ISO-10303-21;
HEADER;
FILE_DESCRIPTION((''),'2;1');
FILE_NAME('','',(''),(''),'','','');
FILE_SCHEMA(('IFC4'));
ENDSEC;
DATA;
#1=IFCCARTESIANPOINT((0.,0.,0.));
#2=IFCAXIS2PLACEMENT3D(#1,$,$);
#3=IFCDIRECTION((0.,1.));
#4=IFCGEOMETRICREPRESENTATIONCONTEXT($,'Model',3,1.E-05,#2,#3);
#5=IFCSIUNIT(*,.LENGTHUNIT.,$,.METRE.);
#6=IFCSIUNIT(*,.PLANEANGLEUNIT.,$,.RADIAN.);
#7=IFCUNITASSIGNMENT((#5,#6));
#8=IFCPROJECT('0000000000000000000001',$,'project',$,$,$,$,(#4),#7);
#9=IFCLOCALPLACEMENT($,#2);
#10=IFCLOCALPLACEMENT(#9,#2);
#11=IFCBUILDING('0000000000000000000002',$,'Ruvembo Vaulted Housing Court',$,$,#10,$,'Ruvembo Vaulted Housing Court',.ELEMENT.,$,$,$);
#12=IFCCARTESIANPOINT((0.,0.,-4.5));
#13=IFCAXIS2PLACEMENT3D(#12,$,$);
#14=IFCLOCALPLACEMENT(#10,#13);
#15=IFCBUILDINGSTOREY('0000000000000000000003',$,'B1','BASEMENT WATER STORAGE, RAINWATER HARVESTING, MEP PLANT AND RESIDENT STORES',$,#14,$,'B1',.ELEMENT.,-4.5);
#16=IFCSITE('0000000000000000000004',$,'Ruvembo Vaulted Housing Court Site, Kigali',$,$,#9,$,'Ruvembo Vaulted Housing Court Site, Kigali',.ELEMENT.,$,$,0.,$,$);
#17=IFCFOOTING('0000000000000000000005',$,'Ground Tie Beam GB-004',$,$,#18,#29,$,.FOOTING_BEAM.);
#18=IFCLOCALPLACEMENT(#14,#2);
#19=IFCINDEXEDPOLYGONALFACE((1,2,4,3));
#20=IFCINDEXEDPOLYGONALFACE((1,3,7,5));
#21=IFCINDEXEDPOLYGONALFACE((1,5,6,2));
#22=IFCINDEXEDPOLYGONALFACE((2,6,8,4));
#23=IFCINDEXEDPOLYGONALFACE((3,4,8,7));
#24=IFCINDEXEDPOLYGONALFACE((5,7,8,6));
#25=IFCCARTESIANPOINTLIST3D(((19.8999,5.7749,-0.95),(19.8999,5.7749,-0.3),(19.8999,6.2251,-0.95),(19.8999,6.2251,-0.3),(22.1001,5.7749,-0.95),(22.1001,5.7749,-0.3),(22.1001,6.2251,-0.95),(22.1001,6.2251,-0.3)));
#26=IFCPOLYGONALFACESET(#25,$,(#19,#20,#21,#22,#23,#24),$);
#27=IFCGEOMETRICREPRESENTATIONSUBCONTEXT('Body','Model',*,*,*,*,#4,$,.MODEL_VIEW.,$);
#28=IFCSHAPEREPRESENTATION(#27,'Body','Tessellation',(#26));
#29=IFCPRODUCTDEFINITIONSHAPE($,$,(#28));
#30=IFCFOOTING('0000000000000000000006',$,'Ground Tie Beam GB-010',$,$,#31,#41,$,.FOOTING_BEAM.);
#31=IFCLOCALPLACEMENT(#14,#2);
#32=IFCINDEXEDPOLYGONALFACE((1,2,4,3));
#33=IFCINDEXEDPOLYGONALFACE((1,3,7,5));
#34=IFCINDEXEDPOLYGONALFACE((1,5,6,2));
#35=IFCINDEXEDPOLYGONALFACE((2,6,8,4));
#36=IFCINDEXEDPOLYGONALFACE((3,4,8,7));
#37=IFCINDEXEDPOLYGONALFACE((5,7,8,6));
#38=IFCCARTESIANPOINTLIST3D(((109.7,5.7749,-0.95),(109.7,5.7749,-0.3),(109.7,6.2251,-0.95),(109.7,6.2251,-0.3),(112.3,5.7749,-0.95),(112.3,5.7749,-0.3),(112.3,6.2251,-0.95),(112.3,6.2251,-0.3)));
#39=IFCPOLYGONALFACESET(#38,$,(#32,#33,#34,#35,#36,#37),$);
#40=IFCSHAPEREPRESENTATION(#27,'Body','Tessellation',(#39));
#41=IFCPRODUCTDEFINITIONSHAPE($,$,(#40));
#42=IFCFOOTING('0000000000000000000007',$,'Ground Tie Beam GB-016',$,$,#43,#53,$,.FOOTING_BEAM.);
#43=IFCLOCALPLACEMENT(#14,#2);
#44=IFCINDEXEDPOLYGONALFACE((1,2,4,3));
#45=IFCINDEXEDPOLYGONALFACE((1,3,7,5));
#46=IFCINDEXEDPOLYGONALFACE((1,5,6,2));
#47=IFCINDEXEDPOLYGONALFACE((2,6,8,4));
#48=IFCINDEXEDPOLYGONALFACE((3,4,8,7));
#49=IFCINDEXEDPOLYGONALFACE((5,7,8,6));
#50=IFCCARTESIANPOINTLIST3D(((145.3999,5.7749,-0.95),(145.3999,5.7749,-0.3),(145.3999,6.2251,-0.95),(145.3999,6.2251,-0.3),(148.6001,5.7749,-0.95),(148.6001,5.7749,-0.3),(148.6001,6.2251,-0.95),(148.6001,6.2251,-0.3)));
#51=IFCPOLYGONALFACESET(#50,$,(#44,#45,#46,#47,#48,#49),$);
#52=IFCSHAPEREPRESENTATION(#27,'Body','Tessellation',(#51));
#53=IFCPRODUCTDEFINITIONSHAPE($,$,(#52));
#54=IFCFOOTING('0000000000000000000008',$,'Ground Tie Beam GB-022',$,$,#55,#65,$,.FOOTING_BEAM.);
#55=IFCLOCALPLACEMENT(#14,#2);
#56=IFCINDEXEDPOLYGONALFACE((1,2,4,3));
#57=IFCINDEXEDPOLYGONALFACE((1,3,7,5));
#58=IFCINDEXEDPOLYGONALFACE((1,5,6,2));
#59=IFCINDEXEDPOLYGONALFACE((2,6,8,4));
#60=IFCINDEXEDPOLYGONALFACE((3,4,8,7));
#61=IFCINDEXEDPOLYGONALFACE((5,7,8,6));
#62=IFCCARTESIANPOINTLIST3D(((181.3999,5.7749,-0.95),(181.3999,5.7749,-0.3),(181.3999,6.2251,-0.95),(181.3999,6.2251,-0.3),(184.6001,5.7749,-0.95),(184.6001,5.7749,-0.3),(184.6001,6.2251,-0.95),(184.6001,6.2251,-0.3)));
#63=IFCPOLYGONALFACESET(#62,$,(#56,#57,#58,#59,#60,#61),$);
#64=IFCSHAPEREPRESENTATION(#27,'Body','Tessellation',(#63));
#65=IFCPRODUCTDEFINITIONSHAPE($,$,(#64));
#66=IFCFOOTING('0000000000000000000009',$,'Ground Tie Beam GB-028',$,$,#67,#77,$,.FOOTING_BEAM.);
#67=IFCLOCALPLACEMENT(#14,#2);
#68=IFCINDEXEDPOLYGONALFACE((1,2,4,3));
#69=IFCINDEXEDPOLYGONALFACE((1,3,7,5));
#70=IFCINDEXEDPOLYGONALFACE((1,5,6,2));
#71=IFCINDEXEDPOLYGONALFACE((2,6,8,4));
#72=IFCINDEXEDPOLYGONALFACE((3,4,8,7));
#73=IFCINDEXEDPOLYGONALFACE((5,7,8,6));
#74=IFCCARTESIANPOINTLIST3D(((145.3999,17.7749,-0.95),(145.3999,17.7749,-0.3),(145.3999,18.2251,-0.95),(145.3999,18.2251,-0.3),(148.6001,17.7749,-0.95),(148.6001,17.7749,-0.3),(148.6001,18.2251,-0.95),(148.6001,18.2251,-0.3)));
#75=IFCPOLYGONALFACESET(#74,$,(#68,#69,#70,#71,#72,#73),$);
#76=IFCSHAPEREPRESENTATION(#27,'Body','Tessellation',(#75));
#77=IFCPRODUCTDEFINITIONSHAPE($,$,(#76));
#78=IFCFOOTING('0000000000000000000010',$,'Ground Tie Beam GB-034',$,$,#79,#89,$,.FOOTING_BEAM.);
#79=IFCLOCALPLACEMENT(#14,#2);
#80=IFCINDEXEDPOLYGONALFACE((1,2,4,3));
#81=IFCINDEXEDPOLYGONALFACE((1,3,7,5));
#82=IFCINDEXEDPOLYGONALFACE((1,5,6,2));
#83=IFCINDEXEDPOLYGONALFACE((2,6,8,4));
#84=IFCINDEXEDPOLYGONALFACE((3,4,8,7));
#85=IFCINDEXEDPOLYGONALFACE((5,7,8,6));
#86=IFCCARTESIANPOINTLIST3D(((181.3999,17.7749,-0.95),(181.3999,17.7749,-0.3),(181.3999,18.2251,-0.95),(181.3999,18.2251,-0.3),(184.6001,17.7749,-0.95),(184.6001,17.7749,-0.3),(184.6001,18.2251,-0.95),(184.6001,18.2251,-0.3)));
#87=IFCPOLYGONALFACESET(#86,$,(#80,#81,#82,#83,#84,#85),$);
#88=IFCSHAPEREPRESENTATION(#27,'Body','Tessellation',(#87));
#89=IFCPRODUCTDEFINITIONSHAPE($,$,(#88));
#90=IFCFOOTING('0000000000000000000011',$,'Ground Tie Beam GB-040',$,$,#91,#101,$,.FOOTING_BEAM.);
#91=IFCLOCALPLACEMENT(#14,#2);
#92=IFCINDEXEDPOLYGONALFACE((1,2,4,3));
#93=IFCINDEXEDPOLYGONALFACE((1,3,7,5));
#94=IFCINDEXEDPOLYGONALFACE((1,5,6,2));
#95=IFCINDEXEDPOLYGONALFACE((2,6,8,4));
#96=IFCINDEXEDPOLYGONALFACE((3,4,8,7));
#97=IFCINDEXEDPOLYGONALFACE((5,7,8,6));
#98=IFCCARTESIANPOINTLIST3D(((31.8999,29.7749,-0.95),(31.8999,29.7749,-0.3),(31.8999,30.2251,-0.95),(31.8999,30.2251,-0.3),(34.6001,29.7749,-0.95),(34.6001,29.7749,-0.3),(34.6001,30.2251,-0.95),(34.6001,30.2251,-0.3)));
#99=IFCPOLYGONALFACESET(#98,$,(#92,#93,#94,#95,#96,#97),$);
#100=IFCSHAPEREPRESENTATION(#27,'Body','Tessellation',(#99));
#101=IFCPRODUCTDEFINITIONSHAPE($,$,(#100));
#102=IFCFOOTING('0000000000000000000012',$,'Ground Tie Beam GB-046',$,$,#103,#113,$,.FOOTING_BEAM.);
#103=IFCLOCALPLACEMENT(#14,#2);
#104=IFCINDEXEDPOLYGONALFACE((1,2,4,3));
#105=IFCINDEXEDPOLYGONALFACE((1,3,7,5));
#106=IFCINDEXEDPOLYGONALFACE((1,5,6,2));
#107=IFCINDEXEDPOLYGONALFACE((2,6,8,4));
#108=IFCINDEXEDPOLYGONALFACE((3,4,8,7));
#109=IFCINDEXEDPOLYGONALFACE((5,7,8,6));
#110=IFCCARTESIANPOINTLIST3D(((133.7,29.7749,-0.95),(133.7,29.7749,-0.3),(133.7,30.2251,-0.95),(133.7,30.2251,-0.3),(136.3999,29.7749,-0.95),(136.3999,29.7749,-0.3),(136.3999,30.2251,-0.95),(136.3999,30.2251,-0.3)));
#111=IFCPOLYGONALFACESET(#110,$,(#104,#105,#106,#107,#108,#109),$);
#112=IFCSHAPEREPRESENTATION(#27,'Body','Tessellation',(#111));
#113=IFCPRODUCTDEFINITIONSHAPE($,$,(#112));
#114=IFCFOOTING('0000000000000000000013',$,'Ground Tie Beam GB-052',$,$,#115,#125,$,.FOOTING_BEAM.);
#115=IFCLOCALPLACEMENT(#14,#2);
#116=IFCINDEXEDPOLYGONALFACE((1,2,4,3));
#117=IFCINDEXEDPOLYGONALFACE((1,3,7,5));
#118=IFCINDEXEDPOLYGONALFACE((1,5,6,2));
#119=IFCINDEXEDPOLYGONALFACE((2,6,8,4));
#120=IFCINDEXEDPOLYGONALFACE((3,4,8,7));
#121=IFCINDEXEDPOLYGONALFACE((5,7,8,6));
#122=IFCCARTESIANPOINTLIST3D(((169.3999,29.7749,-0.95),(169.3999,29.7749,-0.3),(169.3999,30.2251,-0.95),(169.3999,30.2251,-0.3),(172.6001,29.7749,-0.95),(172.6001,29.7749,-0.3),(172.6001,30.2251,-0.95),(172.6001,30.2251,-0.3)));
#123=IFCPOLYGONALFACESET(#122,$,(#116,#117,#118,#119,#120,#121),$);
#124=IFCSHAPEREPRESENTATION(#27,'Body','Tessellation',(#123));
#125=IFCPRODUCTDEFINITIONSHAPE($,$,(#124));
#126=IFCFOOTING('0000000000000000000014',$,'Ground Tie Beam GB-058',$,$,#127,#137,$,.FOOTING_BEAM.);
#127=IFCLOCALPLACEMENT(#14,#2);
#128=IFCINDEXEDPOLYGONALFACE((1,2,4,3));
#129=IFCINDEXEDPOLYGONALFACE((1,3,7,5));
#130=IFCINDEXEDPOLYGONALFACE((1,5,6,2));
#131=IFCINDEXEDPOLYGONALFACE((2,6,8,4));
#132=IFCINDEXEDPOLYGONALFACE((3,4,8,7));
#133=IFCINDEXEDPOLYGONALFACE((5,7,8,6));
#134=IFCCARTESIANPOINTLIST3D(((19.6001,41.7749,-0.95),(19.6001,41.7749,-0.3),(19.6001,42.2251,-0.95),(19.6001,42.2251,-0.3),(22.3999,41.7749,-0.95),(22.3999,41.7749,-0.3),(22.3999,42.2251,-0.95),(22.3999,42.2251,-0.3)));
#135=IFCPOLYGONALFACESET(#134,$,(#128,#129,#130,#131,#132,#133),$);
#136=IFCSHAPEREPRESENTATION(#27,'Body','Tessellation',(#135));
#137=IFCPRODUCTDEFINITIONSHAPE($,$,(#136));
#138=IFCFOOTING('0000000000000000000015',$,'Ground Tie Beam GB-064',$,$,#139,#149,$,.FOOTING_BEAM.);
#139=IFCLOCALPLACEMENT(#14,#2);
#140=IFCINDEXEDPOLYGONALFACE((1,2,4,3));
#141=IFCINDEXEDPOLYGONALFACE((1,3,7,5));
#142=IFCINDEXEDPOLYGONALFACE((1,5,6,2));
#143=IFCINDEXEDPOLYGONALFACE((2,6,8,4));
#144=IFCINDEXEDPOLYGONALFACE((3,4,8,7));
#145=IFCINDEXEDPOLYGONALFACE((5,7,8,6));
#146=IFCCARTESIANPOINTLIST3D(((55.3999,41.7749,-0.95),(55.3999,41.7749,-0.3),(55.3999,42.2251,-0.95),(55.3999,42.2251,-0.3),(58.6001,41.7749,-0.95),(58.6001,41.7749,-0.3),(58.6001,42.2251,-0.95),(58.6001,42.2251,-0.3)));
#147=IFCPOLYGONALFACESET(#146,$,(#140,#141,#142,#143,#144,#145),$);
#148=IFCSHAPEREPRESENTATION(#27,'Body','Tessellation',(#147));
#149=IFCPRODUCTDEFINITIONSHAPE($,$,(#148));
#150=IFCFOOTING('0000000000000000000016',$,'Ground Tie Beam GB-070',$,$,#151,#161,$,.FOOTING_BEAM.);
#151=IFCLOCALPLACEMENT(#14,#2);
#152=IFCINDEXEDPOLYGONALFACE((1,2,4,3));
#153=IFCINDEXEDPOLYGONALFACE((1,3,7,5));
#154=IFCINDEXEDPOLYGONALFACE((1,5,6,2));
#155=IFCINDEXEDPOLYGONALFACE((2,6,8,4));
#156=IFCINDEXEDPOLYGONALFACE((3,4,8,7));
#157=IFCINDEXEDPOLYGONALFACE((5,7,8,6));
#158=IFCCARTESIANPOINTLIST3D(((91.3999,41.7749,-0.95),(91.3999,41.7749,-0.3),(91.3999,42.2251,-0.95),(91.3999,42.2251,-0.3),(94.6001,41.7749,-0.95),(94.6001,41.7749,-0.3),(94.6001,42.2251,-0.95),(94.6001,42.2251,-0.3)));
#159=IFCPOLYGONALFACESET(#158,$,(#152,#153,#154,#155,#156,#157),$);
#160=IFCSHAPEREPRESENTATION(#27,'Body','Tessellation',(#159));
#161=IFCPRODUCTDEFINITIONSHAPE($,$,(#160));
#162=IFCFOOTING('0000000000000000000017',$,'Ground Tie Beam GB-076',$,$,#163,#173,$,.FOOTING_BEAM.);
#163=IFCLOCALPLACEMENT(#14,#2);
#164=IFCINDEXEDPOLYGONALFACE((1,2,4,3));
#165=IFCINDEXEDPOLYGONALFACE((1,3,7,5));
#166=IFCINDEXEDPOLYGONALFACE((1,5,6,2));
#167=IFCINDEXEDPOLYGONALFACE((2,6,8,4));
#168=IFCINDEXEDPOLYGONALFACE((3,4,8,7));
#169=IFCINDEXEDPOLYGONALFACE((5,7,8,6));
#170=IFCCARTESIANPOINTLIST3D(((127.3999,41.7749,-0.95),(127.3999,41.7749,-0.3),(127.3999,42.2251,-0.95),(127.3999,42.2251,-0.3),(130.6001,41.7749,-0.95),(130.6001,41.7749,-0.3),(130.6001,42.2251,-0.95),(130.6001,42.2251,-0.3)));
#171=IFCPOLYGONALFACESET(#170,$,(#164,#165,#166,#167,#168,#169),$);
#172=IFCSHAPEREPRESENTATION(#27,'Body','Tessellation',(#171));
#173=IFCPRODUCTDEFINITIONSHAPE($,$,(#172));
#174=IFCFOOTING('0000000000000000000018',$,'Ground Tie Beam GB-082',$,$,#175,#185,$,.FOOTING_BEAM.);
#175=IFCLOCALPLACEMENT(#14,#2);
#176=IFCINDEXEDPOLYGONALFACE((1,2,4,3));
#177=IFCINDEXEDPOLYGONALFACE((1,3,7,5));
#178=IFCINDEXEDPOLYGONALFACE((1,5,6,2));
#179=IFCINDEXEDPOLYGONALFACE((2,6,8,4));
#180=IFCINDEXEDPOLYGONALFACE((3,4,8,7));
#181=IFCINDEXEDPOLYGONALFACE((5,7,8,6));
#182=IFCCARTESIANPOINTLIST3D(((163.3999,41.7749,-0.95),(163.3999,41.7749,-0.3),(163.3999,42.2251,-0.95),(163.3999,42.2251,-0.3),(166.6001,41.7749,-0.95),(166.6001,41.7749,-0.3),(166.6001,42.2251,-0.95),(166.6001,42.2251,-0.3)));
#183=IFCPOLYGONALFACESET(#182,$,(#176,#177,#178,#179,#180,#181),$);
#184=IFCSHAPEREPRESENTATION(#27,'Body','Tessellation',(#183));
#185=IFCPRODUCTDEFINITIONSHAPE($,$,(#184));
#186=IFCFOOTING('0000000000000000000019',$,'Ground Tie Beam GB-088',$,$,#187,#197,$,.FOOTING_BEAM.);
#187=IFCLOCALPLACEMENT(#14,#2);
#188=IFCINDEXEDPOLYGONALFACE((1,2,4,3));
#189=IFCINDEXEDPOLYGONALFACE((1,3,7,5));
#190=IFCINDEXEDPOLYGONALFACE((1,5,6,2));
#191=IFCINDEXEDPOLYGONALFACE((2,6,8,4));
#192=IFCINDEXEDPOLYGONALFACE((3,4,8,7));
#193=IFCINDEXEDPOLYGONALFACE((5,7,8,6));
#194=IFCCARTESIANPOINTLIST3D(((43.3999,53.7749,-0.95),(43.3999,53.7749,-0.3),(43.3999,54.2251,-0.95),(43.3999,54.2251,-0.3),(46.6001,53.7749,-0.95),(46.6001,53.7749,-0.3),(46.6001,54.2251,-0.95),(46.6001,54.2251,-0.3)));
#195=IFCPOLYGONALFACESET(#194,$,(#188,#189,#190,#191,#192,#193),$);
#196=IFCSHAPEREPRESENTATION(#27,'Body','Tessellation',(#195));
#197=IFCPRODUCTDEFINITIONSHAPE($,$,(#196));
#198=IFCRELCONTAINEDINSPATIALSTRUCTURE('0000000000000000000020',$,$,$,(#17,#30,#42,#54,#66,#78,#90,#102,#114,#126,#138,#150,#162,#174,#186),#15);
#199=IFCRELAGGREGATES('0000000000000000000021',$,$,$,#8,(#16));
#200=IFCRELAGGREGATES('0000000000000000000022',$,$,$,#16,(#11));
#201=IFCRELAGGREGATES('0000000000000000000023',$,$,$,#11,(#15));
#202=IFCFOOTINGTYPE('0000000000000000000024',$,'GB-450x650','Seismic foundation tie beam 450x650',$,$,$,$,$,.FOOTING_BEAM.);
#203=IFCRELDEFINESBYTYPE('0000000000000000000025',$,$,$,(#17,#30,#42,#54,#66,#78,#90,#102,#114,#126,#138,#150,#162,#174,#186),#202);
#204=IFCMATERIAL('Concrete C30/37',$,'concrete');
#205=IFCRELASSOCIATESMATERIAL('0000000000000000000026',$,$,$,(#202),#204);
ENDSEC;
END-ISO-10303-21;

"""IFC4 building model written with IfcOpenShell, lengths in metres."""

from ifc_helpers import new_model, si_unit, direction, frame, origin, place, context, subcontext, project, spatial, polyline, outline, extrude, material, type_object, element, save


model = new_model("IFC4")

# Units and contexts
model_context = context("Model", 3, precision=1e-05, world=origin(), true_north=direction((0.0, 1.0)))
body_context = subcontext(model_context, "Body", "Model", "MODEL_VIEW")
ifc_project = project(units=[si_unit("LENGTHUNIT", "METRE"), si_unit("PLANEANGLEUNIT", "RADIAN")], contexts=[model_context])

# Site, building, storey
site_placement = place(None, origin())
site = spatial("IfcSite", under=ifc_project, at=site_placement, Name="Ruvembo Vaulted Housing Court Site, Kigali", LongName="Ruvembo Vaulted Housing Court Site, Kigali", CompositionType="ELEMENT", RefElevation=0.0)
building_placement = place(site_placement, origin())
building = spatial("IfcBuilding", under=site, at=building_placement, Name="Ruvembo Vaulted Housing Court", LongName="Ruvembo Vaulted Housing Court", CompositionType="ELEMENT")
storey_placement = place(building_placement, frame((0.0, 0.0, -4.5)))
storey = spatial("IfcBuildingStorey", under=building, at=storey_placement, Name="B1", Description="BASEMENT WATER STORAGE, RAINWATER HARVESTING, MEP PLANT AND RESIDENT STORES", LongName="B1", CompositionType="ELEMENT", Elevation=-4.5)

# Footings
ifc_material = material(Name="Concrete C30/37", Category="concrete")
footing_type_1 = type_object("IfcFootingType", Name="GB-450x650", Description="Seismic foundation tie beam 450x650", PredefinedType="FOOTING_BEAM", material=ifc_material)
footing_1_placement = place(storey_placement, frame((0.0, 0.0, -0.95)))
element("IfcFooting", 1, at=footing_1_placement, inside=storey, type_object=footing_type_1, Name="Ground Tie Beam GB-004", PredefinedType="FOOTING_BEAM", context=body_context, shape_type="SweptSolid", body=[
    extrude(outline(polyline([(19.8999, 5.7749), (22.1001, 5.7749), (22.1001, 6.2251), (19.8999, 6.2251), (19.8999, 5.7749)])), origin(), (0.0, 0.0, 1.0), 0.6499),
])
footing_2_placement = place(storey_placement, frame((0.0, 0.0, -0.95)))
element("IfcFooting", 2, at=footing_2_placement, inside=storey, type_object=footing_type_1, Name="Ground Tie Beam GB-010", PredefinedType="FOOTING_BEAM", context=body_context, shape_type="SweptSolid", body=[
    extrude(outline(polyline([(109.7, 5.7749), (112.3, 5.7749), (112.3, 6.2251), (109.7, 6.2251), (109.7, 5.7749)])), origin(), (0.0, 0.0, 1.0), 0.6499),
])
footing_3_placement = place(storey_placement, frame((0.0, 0.0, -0.95)))
element("IfcFooting", 3, at=footing_3_placement, inside=storey, type_object=footing_type_1, Name="Ground Tie Beam GB-016", PredefinedType="FOOTING_BEAM", context=body_context, shape_type="SweptSolid", body=[
    extrude(outline(polyline([(145.3999, 5.7749), (148.6001, 5.7749), (148.6001, 6.2251), (145.3999, 6.2251), (145.3999, 5.7749)])), origin(), (0.0, 0.0, 1.0), 0.6499),
])
footing_4_placement = place(storey_placement, frame((0.0, 0.0, -0.95)))
element("IfcFooting", 4, at=footing_4_placement, inside=storey, type_object=footing_type_1, Name="Ground Tie Beam GB-022", PredefinedType="FOOTING_BEAM", context=body_context, shape_type="SweptSolid", body=[
    extrude(outline(polyline([(181.3999, 5.7749), (184.6001, 5.7749), (184.6001, 6.2251), (181.3999, 6.2251), (181.3999, 5.7749)])), origin(), (0.0, 0.0, 1.0), 0.6499),
])
footing_5_placement = place(storey_placement, frame((0.0, 0.0, -0.95)))
element("IfcFooting", 5, at=footing_5_placement, inside=storey, type_object=footing_type_1, Name="Ground Tie Beam GB-028", PredefinedType="FOOTING_BEAM", context=body_context, shape_type="SweptSolid", body=[
    extrude(outline(polyline([(145.3999, 17.7749), (148.6001, 17.7749), (148.6001, 18.2251), (145.3999, 18.2251), (145.3999, 17.7749)])), origin(), (0.0, 0.0, 1.0), 0.6499),
])
footing_6_placement = place(storey_placement, frame((0.0, 0.0, -0.95)))
element("IfcFooting", 6, at=footing_6_placement, inside=storey, type_object=footing_type_1, Name="Ground Tie Beam GB-034", PredefinedType="FOOTING_BEAM", context=body_context, shape_type="SweptSolid", body=[
    extrude(outline(polyline([(181.3999, 17.7749), (184.6001, 17.7749), (184.6001, 18.2251), (181.3999, 18.2251), (181.3999, 17.7749)])), origin(), (0.0, 0.0, 1.0), 0.6499),
])
footing_7_placement = place(storey_placement, frame((0.0, 0.0, -0.95)))
element("IfcFooting", 7, at=footing_7_placement, inside=storey, type_object=footing_type_1, Name="Ground Tie Beam GB-040", PredefinedType="FOOTING_BEAM", context=body_context, shape_type="SweptSolid", body=[
    extrude(outline(polyline([(31.8999, 29.7749), (34.6001, 29.7749), (34.6001, 30.2251), (31.8999, 30.2251), (31.8999, 29.7749)])), origin(), (0.0, 0.0, 1.0), 0.6499),
])
footing_8_placement = place(storey_placement, frame((0.0, 0.0, -0.95)))
element("IfcFooting", 8, at=footing_8_placement, inside=storey, type_object=footing_type_1, Name="Ground Tie Beam GB-046", PredefinedType="FOOTING_BEAM", context=body_context, shape_type="SweptSolid", body=[
    extrude(outline(polyline([(133.7, 29.7749), (136.3999, 29.7749), (136.3999, 30.2251), (133.7, 30.2251), (133.7, 29.7749)])), origin(), (0.0, 0.0, 1.0), 0.6499),
])
footing_9_placement = place(storey_placement, frame((0.0, 0.0, -0.95)))
element("IfcFooting", 9, at=footing_9_placement, inside=storey, type_object=footing_type_1, Name="Ground Tie Beam GB-052", PredefinedType="FOOTING_BEAM", context=body_context, shape_type="SweptSolid", body=[
    extrude(outline(polyline([(169.3999, 29.7749), (172.6001, 29.7749), (172.6001, 30.2251), (169.3999, 30.2251), (169.3999, 29.7749)])), origin(), (0.0, 0.0, 1.0), 0.6499),
])
footing_10_placement = place(storey_placement, frame((0.0, 0.0, -0.95)))
element("IfcFooting", 10, at=footing_10_placement, inside=storey, type_object=footing_type_1, Name="Ground Tie Beam GB-058", PredefinedType="FOOTING_BEAM", context=body_context, shape_type="SweptSolid", body=[
    extrude(outline(polyline([(19.6001, 41.7749), (22.3999, 41.7749), (22.3999, 42.2251), (19.6001, 42.2251), (19.6001, 41.7749)])), origin(), (0.0, 0.0, 1.0), 0.6499),
])
footing_11_placement = place(storey_placement, frame((0.0, 0.0, -0.95)))
element("IfcFooting", 11, at=footing_11_placement, inside=storey, type_object=footing_type_1, Name="Ground Tie Beam GB-064", PredefinedType="FOOTING_BEAM", context=body_context, shape_type="SweptSolid", body=[
    extrude(outline(polyline([(55.3999, 41.7749), (58.6001, 41.7749), (58.6001, 42.2251), (55.3999, 42.2251), (55.3999, 41.7749)])), origin(), (0.0, 0.0, 1.0), 0.6499),
])
footing_12_placement = place(storey_placement, frame((0.0, 0.0, -0.95)))
element("IfcFooting", 12, at=footing_12_placement, inside=storey, type_object=footing_type_1, Name="Ground Tie Beam GB-070", PredefinedType="FOOTING_BEAM", context=body_context, shape_type="SweptSolid", body=[
    extrude(outline(polyline([(91.3999, 41.7749), (94.6001, 41.7749), (94.6001, 42.2251), (91.3999, 42.2251), (91.3999, 41.7749)])), origin(), (0.0, 0.0, 1.0), 0.6499),
])
footing_13_placement = place(storey_placement, frame((0.0, 0.0, -0.95)))
element("IfcFooting", 13, at=footing_13_placement, inside=storey, type_object=footing_type_1, Name="Ground Tie Beam GB-076", PredefinedType="FOOTING_BEAM", context=body_context, shape_type="SweptSolid", body=[
    extrude(outline(polyline([(127.3999, 41.7749), (130.6001, 41.7749), (130.6001, 42.2251), (127.3999, 42.2251), (127.3999, 41.7749)])), origin(), (0.0, 0.0, 1.0), 0.6499),
])
footing_14_placement = place(storey_placement, frame((0.0, 0.0, -0.95)))
element("IfcFooting", 14, at=footing_14_placement, inside=storey, type_object=footing_type_1, Name="Ground Tie Beam GB-082", PredefinedType="FOOTING_BEAM", context=body_context, shape_type="SweptSolid", body=[
    extrude(outline(polyline([(163.3999, 41.7749), (166.6001, 41.7749), (166.6001, 42.2251), (163.3999, 42.2251), (163.3999, 41.7749)])), origin(), (0.0, 0.0, 1.0), 0.6499),
])
footing_15_placement = place(storey_placement, frame((0.0, 0.0, -0.95)))
element("IfcFooting", 15, at=footing_15_placement, inside=storey, type_object=footing_type_1, Name="Ground Tie Beam GB-088", PredefinedType="FOOTING_BEAM", context=body_context, shape_type="SweptSolid", body=[
    extrude(outline(polyline([(43.3999, 53.7749), (46.6001, 53.7749), (46.6001, 54.2251), (43.3999, 54.2251), (43.3999, 53.7749)])), origin(), (0.0, 0.0, 1.0), 0.6499),
])

save(model, "model.ifc")
